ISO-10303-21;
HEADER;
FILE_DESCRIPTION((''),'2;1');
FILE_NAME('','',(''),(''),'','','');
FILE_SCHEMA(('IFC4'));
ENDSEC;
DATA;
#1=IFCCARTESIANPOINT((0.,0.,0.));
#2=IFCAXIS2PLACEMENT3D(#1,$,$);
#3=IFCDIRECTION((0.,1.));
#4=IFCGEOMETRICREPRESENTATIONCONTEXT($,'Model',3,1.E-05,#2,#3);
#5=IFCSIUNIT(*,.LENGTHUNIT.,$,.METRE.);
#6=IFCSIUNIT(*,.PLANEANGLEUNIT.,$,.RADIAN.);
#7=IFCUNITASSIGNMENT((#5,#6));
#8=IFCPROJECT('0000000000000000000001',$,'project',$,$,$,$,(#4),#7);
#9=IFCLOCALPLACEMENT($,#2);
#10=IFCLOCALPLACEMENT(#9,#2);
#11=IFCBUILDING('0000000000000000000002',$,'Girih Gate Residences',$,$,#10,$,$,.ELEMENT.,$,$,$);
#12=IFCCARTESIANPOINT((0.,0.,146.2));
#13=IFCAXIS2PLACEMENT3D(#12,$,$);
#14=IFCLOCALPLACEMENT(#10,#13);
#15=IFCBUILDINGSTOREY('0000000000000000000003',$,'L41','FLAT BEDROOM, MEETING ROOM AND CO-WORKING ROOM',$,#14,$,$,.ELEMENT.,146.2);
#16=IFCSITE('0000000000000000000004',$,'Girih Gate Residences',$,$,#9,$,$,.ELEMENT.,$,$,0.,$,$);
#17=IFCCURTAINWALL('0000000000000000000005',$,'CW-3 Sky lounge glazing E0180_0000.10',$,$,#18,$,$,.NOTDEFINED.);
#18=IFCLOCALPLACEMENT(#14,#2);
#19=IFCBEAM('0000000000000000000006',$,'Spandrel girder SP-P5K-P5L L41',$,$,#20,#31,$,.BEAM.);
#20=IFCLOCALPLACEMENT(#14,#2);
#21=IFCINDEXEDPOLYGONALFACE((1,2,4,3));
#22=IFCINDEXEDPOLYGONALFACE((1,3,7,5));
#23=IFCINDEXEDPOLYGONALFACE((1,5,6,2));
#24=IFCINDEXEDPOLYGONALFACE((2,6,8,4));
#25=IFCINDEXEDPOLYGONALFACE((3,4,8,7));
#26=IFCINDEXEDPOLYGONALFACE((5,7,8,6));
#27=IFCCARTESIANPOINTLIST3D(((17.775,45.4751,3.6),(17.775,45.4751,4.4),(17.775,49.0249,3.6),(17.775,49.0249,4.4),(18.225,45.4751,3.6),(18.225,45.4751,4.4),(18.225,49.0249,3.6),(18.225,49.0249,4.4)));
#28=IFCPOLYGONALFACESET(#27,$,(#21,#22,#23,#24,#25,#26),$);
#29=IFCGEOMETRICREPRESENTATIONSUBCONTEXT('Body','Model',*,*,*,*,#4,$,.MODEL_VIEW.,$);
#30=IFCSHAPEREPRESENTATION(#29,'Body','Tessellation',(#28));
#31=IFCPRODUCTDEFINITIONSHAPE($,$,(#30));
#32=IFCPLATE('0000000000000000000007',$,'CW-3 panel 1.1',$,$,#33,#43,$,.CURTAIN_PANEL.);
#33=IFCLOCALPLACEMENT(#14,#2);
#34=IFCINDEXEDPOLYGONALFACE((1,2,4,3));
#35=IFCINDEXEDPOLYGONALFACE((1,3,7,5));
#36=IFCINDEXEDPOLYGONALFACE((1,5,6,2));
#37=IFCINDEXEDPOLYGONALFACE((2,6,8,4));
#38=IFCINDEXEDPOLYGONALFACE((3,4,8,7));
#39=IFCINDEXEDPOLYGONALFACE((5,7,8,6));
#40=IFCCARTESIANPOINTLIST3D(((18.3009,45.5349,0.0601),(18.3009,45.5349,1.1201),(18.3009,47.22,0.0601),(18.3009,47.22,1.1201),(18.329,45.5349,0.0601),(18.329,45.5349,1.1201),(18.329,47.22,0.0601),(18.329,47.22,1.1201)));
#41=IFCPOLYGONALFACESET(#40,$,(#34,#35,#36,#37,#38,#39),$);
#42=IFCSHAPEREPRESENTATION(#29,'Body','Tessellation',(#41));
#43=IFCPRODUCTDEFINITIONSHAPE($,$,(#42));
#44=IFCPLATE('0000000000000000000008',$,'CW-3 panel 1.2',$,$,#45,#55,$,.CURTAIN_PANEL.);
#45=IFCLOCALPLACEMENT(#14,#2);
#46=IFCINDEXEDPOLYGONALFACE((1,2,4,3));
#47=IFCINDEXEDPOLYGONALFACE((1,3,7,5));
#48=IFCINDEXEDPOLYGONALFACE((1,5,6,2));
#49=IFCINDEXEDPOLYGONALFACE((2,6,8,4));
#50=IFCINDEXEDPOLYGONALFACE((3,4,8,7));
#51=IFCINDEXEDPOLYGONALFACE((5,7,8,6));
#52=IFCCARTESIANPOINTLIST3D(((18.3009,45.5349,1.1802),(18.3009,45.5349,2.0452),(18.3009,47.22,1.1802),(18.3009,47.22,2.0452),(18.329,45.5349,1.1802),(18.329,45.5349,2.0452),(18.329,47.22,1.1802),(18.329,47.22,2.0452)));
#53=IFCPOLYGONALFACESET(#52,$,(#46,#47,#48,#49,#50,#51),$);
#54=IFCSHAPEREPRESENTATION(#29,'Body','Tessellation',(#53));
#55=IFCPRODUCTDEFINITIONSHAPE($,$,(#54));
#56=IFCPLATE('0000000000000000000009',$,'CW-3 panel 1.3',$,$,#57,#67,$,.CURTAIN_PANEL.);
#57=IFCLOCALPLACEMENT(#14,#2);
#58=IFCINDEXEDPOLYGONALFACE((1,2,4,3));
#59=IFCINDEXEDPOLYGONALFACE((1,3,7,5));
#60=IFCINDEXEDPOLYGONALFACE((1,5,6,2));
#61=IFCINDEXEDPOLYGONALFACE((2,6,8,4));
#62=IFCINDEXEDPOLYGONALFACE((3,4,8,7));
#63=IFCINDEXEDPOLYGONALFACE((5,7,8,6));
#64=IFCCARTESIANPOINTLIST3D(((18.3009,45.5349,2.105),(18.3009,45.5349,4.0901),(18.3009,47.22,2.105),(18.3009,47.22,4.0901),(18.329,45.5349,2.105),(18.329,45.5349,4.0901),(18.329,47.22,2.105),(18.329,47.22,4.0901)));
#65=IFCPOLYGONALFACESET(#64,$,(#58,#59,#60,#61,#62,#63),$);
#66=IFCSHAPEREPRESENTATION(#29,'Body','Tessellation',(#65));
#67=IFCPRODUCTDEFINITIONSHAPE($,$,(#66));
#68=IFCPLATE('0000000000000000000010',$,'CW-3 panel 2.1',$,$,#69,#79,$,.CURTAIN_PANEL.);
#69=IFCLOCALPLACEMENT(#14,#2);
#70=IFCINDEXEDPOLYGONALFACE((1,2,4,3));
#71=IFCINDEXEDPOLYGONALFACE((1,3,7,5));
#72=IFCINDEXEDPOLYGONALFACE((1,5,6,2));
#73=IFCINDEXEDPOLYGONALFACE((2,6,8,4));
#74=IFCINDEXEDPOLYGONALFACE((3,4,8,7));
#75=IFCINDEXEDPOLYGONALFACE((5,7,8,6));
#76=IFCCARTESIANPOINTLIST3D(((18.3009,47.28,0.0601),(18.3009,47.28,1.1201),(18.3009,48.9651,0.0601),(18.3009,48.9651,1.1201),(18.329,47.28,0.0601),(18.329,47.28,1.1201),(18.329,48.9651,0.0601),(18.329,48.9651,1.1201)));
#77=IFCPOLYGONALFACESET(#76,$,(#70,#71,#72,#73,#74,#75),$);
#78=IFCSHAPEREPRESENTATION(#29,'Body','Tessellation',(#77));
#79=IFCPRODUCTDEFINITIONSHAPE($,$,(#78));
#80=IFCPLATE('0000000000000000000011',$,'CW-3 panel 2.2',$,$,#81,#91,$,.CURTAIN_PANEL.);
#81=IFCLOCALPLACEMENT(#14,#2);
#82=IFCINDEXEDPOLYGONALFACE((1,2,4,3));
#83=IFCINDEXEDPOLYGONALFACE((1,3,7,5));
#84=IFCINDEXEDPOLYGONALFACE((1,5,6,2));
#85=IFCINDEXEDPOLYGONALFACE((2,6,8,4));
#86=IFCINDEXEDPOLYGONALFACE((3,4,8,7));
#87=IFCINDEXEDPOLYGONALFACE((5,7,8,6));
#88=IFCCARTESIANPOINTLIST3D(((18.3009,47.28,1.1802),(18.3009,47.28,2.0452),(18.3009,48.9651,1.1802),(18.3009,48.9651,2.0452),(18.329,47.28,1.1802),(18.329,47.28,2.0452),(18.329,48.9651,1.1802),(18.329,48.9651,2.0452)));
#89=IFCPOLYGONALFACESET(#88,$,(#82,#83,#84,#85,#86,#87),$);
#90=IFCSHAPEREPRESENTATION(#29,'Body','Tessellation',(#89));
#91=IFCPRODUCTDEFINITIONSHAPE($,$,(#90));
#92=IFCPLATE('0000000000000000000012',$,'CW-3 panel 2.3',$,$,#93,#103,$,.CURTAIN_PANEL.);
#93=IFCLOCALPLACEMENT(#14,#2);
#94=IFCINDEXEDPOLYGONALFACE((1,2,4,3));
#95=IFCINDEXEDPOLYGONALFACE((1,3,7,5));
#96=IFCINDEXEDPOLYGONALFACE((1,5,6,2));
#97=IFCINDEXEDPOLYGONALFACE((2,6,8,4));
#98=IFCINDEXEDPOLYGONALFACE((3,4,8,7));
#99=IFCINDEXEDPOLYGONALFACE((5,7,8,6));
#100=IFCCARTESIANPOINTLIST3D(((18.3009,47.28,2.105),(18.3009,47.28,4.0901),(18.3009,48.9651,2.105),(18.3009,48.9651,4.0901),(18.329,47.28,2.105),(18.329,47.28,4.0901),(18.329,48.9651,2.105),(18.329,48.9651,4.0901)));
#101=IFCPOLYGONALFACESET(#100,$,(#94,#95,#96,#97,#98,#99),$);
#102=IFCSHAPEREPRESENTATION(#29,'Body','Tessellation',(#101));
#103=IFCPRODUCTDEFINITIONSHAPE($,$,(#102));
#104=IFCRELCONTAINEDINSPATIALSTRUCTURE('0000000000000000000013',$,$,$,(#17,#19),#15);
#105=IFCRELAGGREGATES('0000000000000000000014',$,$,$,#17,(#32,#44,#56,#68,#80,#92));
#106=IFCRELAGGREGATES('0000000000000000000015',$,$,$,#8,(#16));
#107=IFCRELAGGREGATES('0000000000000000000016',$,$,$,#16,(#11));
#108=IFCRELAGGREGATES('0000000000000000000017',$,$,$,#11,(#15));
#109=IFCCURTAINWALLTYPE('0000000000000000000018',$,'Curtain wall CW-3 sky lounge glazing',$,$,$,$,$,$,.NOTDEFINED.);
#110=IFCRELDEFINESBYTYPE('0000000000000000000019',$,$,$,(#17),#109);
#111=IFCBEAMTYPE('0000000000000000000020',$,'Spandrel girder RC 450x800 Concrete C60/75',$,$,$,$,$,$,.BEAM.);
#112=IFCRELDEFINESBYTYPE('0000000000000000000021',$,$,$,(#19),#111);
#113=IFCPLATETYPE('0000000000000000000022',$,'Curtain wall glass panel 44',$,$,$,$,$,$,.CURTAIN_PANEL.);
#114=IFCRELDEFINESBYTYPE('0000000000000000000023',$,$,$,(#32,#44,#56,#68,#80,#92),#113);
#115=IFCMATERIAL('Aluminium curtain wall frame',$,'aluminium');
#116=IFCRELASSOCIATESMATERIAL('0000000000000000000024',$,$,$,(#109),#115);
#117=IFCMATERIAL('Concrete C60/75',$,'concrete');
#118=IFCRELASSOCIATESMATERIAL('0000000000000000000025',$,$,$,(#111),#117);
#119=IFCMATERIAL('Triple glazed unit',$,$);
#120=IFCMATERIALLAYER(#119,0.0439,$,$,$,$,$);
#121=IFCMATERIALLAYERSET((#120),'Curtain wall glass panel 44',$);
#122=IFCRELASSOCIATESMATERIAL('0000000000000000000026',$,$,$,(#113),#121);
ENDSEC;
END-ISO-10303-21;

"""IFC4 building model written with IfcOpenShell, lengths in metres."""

from ifc_helpers import new_model, si_unit, direction, frame, origin, origin_2d, place, context, subcontext, project, spatial, rectangle, extrude, material, layer, layer_set, material_profile, profile_set, type_object, element, aggregate, save


model = new_model("IFC4")

# Units and contexts
model_context = context("Model", 3, precision=1e-05, world=origin(), true_north=direction((0.0, 1.0)))
body_context = subcontext(model_context, "Body", "Model", "MODEL_VIEW")
ifc_project = project(units=[si_unit("LENGTHUNIT", "METRE"), si_unit("PLANEANGLEUNIT", "RADIAN")], contexts=[model_context])

# Site, building, storey
site_placement = place(None, origin())
site = spatial("IfcSite", under=ifc_project, at=site_placement, Name="Girih Gate Residences", CompositionType="ELEMENT", RefElevation=0.0)
building_placement = place(site_placement, origin())
building = spatial("IfcBuilding", under=site, at=building_placement, Name="Girih Gate Residences", CompositionType="ELEMENT")
storey_placement = place(building_placement, frame((0.0, 0.0, 146.2)))
storey = spatial("IfcBuildingStorey", under=building, at=storey_placement, Name="L41", Description="FLAT BEDROOM, MEETING ROOM AND CO-WORKING ROOM", CompositionType="ELEMENT", Elevation=146.2)

# Shared definitions
ifc_material_1 = material(Name="Aluminium curtain wall frame", Category="aluminium")
curtain_wall_type = type_object("IfcCurtainWallType", Name="Curtain wall CW-3 sky lounge glazing", PredefinedType="NOTDEFINED", material=ifc_material_1)

# Curtain wall
curtain_wall_1_placement = place(storey_placement, origin())
curtain_wall_1 = element("IfcCurtainWall", 1, at=curtain_wall_1_placement, inside=storey, type_object=curtain_wall_type, Name="CW-3 Sky lounge glazing E0180_0000.10", PredefinedType="NOTDEFINED")

# Beam
ifc_material_2 = material(Name="Concrete C60/75", Category="concrete")
ifc_material_profile_1 = material_profile(ifc_material_2, rectangle(XDim=0.45, YDim=0.8, at=origin_2d()))
ifc_profile_set_1 = profile_set([ifc_material_profile_1], Name="Concrete C60/75")
beam_type = type_object("IfcBeamType", Name="Spandrel girder RC 450x800 Concrete C60/75", PredefinedType="BEAM", material=ifc_profile_set_1)
beam_placement = place(storey_placement, frame((18.0, 45.4751, 4.0), z_axis=(0.0, 1.0, 0.0), x_axis=(-1.0, 0.0, 0.0)))
element("IfcBeam", 2, at=beam_placement, inside=storey, type_object=beam_type, Name="Spandrel girder SP-P5K-P5L L41", PredefinedType="BEAM", context=body_context, shape_type="SweptSolid", body=[
    extrude(rectangle(XDim=0.45, YDim=0.8, at=origin_2d()), origin(), (0.0, 0.0, 1.0), 3.5498),
])

# Plates
ifc_material_3 = material(Name="Triple glazed unit")
ifc_layer = layer(ifc_material_3, 0.0439)
ifc_layer_set = layer_set([ifc_layer], Name="Curtain wall glass panel 44")
plate_type = type_object("IfcPlateType", Name="Curtain wall glass panel 44", PredefinedType="CURTAIN_PANEL", material=ifc_layer_set)
plate_1_placement = place(storey_placement, frame((18.3149, 46.3774, 0.0601), z_axis=(0.0, 0.0, 1.0), x_axis=(0.0, 1.0, 0.0)))
plate_1 = element("IfcPlate", 3, at=plate_1_placement, type_object=plate_type, Name="CW-3 panel 1.1", PredefinedType="CURTAIN_PANEL", context=body_context, shape_type="SweptSolid", body=[
    extrude(rectangle(XDim=1.6851, YDim=0.0281, at=origin_2d()), origin(), (0.0, 0.0, 1.0), 1.0601),
])
plate_2_placement = place(storey_placement, frame((18.3149, 46.3774, 1.1802), z_axis=(0.0, 0.0, 1.0), x_axis=(0.0, 1.0, 0.0)))
plate_2 = element("IfcPlate", 4, at=plate_2_placement, type_object=plate_type, Name="CW-3 panel 1.2", PredefinedType="CURTAIN_PANEL", context=body_context, shape_type="SweptSolid", body=[
    extrude(rectangle(XDim=1.6851, YDim=0.0281, at=origin_2d()), origin(), (0.0, 0.0, 1.0), 0.865),
])
plate_3_placement = place(storey_placement, frame((18.3149, 46.3774, 2.105), z_axis=(0.0, 0.0, 1.0), x_axis=(0.0, 1.0, 0.0)))
plate_3 = element("IfcPlate", 5, at=plate_3_placement, type_object=plate_type, Name="CW-3 panel 1.3", PredefinedType="CURTAIN_PANEL", context=body_context, shape_type="SweptSolid", body=[
    extrude(rectangle(XDim=1.6851, YDim=0.0281, at=origin_2d()), origin(), (0.0, 0.0, 1.0), 1.9851),
])
plate_4_placement = place(storey_placement, frame((18.3149, 48.1226, 0.0601), z_axis=(0.0, 0.0, 1.0), x_axis=(0.0, 1.0, 0.0)))
plate_4 = element("IfcPlate", 6, at=plate_4_placement, type_object=plate_type, Name="CW-3 panel 2.1", PredefinedType="CURTAIN_PANEL", context=body_context, shape_type="SweptSolid", body=[
    extrude(rectangle(XDim=1.6851, YDim=0.0281, at=origin_2d()), origin(), (0.0, 0.0, 1.0), 1.0601),
])
plate_5_placement = place(storey_placement, frame((18.3149, 48.1226, 1.1802), z_axis=(0.0, 0.0, 1.0), x_axis=(0.0, 1.0, 0.0)))
plate_5 = element("IfcPlate", 7, at=plate_5_placement, type_object=plate_type, Name="CW-3 panel 2.2", PredefinedType="CURTAIN_PANEL", context=body_context, shape_type="SweptSolid", body=[
    extrude(rectangle(XDim=1.6851, YDim=0.0281, at=origin_2d()), origin(), (0.0, 0.0, 1.0), 0.865),
])
plate_6_placement = place(storey_placement, frame((18.3149, 48.1226, 2.105), z_axis=(0.0, 0.0, 1.0), x_axis=(0.0, 1.0, 0.0)))
plate_6 = element("IfcPlate", 8, at=plate_6_placement, type_object=plate_type, Name="CW-3 panel 2.3", PredefinedType="CURTAIN_PANEL", context=body_context, shape_type="SweptSolid", body=[
    extrude(rectangle(XDim=1.6851, YDim=0.0281, at=origin_2d()), origin(), (0.0, 0.0, 1.0), 1.9851),
])
aggregate(curtain_wall_1, [plate_1, plate_2, plate_3, plate_4, plate_5, plate_6])

save(model, "model.ifc")
